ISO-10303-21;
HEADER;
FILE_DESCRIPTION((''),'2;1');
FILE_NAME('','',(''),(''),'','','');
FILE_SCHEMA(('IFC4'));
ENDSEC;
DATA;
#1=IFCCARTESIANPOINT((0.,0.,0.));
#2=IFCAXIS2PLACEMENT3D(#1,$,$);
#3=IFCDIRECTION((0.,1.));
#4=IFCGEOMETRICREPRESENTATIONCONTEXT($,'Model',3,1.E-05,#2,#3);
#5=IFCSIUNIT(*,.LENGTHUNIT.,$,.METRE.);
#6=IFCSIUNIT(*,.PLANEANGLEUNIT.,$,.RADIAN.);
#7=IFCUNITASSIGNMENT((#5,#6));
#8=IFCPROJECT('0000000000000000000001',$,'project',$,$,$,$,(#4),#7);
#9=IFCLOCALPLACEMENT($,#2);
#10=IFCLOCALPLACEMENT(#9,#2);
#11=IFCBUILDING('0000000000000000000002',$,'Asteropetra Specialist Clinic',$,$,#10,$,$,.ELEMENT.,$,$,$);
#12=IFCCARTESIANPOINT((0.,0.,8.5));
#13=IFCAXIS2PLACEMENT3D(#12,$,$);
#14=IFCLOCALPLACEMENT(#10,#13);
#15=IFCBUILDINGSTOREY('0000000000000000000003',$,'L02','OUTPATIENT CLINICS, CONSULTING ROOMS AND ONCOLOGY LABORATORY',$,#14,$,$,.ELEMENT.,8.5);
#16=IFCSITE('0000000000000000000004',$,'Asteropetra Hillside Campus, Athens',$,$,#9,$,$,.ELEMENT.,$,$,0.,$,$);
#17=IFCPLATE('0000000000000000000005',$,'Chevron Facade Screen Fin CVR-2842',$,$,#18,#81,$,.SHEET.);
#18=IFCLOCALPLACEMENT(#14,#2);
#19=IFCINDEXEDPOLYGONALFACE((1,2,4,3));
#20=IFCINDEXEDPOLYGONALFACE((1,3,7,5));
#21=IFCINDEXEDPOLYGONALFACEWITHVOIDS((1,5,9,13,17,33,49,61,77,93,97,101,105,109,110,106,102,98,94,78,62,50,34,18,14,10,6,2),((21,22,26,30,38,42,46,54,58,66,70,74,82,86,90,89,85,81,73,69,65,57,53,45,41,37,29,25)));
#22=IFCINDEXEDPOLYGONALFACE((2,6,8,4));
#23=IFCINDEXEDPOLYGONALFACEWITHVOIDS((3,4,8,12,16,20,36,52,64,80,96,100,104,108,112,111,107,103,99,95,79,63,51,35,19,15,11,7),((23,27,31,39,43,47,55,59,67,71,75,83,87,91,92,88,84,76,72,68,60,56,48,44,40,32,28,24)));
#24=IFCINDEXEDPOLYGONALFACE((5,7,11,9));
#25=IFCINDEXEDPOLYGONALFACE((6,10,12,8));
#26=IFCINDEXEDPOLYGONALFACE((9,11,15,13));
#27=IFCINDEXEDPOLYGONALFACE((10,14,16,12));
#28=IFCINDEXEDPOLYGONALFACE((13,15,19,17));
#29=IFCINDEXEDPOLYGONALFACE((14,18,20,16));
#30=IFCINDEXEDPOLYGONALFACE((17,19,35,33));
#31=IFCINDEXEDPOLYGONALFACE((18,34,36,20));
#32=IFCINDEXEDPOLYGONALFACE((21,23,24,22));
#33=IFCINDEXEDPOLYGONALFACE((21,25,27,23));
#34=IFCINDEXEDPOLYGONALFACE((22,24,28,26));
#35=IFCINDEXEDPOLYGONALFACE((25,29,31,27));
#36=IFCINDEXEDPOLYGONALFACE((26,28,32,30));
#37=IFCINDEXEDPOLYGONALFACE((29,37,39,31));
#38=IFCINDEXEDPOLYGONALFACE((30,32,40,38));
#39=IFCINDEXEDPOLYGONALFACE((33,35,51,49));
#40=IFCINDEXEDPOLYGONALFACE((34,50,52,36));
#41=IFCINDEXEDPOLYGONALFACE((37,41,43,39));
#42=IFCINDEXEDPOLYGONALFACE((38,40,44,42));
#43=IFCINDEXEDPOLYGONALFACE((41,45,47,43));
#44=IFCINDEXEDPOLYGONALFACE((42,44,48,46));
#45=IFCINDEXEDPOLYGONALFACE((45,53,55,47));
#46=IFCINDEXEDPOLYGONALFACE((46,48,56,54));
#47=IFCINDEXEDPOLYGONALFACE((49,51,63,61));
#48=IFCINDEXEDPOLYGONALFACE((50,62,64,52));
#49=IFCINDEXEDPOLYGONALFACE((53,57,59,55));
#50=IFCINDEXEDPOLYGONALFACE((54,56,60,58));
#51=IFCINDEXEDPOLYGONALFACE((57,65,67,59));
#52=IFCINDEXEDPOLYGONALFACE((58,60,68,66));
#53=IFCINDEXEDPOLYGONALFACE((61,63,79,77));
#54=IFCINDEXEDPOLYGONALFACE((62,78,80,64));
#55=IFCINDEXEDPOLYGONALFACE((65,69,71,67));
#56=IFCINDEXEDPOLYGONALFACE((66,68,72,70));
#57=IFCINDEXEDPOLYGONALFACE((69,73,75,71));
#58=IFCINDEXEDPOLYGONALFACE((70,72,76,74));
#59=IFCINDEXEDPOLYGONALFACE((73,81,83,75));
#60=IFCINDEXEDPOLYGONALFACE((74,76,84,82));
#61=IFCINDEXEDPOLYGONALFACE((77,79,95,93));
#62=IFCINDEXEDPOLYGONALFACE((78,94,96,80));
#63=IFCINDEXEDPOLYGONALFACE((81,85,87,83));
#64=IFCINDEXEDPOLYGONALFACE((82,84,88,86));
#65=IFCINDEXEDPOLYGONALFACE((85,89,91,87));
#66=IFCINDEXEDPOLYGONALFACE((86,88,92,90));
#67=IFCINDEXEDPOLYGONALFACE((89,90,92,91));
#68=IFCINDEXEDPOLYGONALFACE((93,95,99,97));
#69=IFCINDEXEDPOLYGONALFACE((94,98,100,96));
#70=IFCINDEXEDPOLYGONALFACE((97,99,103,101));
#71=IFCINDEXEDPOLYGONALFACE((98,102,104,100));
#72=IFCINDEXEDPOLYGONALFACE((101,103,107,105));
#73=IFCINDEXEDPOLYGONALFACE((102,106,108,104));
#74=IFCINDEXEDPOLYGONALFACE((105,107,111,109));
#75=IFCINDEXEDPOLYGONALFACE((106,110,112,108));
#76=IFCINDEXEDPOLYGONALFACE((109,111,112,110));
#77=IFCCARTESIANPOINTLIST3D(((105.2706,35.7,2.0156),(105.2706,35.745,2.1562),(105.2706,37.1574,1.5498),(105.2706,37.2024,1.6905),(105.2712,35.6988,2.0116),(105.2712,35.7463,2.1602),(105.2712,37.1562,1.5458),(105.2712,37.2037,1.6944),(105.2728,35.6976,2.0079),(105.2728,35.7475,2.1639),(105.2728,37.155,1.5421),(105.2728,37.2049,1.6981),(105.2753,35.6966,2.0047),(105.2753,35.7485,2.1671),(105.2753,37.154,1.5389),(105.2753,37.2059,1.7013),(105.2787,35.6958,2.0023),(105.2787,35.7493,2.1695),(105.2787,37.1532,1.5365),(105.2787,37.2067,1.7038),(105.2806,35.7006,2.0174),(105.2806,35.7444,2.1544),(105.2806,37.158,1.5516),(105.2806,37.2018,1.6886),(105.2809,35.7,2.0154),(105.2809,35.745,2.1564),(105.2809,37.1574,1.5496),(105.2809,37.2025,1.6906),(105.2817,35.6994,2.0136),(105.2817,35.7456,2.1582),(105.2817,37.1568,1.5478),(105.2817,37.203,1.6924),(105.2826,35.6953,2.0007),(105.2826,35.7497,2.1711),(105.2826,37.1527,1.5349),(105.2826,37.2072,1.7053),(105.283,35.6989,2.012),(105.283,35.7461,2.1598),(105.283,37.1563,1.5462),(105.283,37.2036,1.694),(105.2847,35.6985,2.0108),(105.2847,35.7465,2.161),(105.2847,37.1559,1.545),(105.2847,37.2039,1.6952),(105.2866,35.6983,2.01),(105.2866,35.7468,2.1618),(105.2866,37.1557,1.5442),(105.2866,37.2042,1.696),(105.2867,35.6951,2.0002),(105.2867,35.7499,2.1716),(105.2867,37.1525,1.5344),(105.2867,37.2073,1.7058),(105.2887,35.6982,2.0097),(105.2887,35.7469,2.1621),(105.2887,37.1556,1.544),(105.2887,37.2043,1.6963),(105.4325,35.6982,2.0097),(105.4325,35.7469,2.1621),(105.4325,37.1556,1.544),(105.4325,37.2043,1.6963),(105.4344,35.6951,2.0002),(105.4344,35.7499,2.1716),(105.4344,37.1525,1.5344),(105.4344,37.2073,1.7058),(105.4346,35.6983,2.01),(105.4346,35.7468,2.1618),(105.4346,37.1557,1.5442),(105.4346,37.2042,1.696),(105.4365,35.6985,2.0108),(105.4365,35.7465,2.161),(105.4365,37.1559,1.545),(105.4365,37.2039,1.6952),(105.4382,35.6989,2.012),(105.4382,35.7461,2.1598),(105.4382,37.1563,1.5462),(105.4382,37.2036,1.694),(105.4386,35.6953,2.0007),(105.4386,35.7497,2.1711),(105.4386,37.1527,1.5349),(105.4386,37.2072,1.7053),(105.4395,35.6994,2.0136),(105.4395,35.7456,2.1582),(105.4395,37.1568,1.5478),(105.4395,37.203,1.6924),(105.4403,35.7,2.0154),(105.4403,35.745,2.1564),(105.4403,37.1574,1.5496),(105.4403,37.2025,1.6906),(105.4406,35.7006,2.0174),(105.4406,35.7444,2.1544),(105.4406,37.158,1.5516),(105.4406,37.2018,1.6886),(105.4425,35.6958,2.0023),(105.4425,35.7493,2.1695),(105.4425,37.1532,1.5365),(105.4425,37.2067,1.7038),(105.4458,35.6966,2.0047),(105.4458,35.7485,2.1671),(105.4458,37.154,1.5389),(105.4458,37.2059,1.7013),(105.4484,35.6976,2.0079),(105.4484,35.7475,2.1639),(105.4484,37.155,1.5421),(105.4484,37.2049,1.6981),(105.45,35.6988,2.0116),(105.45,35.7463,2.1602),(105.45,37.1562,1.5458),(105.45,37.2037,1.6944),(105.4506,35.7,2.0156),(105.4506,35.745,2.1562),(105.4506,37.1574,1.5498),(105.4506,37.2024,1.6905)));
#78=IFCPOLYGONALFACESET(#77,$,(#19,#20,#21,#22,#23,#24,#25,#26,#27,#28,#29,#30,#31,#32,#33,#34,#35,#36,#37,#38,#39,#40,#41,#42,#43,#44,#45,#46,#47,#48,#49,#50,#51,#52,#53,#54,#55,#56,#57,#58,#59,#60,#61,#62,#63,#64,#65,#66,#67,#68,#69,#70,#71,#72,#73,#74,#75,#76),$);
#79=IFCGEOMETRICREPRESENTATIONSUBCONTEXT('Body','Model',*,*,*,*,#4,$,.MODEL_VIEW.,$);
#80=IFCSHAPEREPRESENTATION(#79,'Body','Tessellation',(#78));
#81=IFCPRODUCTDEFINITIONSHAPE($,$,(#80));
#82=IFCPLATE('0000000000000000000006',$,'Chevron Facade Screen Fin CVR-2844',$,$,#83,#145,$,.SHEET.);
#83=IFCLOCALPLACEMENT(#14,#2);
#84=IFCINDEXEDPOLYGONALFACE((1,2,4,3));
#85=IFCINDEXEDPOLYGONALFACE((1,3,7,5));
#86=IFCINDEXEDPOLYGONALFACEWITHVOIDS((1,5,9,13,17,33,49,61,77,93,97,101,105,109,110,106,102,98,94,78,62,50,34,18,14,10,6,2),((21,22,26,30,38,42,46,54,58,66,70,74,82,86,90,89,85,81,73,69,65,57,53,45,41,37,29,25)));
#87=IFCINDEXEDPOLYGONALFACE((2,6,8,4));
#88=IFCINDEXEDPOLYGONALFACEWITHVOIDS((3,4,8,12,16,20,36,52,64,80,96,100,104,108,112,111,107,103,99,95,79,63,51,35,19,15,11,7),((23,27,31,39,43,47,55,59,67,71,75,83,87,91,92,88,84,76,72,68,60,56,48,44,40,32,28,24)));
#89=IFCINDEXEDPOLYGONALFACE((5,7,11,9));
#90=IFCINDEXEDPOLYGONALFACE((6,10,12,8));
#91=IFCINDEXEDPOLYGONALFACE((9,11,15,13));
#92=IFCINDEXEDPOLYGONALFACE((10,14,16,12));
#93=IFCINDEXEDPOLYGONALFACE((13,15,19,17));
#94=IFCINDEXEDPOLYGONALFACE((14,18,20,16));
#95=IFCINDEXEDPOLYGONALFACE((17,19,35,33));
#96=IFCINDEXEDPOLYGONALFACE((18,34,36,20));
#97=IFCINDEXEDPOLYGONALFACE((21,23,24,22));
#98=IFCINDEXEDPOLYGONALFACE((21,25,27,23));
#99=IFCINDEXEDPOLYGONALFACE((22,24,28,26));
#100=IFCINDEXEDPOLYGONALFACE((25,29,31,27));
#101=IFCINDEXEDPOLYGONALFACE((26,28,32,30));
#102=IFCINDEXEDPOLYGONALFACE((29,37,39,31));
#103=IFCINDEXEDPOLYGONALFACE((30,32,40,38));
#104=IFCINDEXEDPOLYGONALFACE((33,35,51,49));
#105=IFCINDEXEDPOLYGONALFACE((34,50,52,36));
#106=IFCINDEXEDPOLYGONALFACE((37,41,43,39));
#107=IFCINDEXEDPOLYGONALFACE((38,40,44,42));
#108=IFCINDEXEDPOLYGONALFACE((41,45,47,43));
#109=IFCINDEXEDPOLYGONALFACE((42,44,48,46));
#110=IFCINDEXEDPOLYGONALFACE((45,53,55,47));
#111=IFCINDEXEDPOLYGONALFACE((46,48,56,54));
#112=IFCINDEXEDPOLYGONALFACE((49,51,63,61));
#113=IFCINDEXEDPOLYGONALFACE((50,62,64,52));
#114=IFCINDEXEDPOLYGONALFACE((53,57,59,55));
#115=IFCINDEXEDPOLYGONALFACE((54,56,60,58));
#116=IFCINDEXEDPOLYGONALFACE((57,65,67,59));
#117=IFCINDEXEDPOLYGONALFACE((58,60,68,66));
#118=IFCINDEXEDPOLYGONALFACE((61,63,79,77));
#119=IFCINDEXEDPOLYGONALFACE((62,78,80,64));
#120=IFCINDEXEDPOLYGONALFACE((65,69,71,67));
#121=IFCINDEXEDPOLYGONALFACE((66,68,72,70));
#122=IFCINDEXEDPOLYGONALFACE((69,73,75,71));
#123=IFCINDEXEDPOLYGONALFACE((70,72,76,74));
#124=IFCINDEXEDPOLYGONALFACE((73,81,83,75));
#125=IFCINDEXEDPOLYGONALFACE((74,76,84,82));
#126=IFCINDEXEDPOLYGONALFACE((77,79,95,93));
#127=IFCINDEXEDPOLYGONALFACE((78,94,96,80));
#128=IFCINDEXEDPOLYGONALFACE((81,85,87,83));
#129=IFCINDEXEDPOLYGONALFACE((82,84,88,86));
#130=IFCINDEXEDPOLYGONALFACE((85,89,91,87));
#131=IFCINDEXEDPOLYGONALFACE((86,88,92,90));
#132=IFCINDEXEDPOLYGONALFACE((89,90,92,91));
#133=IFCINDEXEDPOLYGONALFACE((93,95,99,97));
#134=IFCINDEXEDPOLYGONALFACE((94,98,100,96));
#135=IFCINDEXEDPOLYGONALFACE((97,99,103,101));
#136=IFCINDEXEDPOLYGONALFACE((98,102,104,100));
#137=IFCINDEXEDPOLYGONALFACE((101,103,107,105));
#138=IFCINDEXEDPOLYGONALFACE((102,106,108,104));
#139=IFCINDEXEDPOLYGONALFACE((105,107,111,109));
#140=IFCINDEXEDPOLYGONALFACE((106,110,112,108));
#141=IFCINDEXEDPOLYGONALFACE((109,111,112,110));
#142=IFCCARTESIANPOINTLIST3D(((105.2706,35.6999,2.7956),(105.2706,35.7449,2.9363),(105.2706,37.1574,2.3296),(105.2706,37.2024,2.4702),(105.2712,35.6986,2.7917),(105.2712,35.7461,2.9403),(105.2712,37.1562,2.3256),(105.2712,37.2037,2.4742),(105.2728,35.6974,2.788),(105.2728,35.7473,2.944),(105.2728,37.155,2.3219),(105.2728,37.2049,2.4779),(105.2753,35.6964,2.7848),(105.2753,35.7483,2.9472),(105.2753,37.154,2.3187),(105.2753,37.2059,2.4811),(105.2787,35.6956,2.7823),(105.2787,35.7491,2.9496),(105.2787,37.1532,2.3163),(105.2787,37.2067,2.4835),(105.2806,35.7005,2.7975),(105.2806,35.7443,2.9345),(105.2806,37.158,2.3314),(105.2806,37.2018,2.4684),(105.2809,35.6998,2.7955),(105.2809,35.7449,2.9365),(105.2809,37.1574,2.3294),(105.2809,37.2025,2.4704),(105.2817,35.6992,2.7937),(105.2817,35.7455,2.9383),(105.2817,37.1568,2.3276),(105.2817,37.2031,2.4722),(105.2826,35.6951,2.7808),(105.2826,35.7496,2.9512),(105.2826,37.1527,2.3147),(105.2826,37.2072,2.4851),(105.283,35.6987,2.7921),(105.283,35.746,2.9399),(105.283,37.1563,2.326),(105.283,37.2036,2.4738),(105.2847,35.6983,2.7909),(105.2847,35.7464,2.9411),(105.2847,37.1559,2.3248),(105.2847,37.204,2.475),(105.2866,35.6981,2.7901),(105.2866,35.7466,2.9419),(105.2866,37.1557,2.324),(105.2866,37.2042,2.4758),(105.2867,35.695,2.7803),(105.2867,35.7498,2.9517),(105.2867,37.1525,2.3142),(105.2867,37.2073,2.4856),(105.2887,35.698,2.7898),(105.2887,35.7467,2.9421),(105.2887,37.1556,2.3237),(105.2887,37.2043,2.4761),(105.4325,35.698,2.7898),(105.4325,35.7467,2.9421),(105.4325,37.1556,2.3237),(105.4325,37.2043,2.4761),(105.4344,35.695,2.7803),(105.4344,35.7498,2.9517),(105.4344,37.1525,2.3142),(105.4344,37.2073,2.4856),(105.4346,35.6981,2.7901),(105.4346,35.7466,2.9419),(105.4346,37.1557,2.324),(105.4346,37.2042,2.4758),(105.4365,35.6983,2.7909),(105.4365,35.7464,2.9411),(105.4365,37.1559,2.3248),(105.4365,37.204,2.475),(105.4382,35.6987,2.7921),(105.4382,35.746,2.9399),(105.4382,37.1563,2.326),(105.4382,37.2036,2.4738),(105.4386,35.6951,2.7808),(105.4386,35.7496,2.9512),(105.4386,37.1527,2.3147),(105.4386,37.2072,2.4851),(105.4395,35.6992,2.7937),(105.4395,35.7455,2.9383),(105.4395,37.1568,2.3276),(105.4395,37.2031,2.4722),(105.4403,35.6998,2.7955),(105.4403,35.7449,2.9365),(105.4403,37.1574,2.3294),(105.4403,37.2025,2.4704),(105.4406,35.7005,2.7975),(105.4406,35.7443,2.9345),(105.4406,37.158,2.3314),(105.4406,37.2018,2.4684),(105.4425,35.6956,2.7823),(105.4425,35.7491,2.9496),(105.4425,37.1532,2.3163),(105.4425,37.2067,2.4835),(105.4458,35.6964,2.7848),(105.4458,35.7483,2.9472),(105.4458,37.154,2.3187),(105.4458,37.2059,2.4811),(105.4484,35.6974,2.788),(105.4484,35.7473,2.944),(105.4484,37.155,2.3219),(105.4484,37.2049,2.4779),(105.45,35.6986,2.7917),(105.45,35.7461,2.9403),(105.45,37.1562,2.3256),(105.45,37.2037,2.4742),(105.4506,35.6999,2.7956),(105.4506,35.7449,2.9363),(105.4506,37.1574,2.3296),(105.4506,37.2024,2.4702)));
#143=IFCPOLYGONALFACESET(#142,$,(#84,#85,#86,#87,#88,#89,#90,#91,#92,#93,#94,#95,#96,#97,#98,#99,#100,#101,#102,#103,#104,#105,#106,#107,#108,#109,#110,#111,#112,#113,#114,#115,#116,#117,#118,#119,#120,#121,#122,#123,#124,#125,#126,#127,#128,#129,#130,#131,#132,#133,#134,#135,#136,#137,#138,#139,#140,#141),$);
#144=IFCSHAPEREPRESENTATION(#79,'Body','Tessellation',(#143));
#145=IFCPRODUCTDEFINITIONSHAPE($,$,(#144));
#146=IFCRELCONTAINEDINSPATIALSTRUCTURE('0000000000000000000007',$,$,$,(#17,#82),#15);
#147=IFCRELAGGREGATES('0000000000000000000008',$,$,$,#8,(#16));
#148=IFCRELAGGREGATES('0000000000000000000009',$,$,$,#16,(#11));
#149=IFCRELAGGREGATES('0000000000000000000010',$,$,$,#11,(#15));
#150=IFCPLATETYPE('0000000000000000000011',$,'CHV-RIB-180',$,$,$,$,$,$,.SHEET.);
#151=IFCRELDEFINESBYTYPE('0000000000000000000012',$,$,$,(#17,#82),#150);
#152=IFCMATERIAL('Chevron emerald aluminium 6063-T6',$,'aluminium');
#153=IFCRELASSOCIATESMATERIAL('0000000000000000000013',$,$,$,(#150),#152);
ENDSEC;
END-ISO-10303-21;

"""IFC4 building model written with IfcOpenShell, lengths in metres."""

from ifc_helpers import new_model, si_unit, direction, frame, origin, origin_2d, place, context, subcontext, project, spatial, hollow_rectangle, extrude, material, material_profile, profile_set, type_object, element, save


model = new_model("IFC4")

# Units and contexts
model_context = context("Model", 3, precision=1e-05, world=origin(), true_north=direction((0.0, 1.0)))
body_context = subcontext(model_context, "Body", "Model", "MODEL_VIEW")
ifc_project = project(units=[si_unit("LENGTHUNIT", "METRE"), si_unit("PLANEANGLEUNIT", "RADIAN")], contexts=[model_context])

# Site, building, storey
site_placement = place(None, origin())
site = spatial("IfcSite", under=ifc_project, at=site_placement, Name="Asteropetra Hillside Campus, Athens", CompositionType="ELEMENT", RefElevation=0.0)
building_placement = place(site_placement, origin())
building = spatial("IfcBuilding", under=site, at=building_placement, Name="Asteropetra Specialist Clinic", CompositionType="ELEMENT")
storey_placement = place(building_placement, frame((0.0, 0.0, 8.5)))
storey = spatial("IfcBuildingStorey", under=building, at=storey_placement, Name="L02", Description="OUTPATIENT CLINICS, CONSULTING ROOMS AND ONCOLOGY LABORATORY", CompositionType="ELEMENT", Elevation=8.5)

# Plates
ifc_material_1 = material(Name="Chevron emerald aluminium 6063-T6", Category="aluminium")
ifc_material_profile = material_profile(ifc_material_1, hollow_rectangle(XDim=0.1799, YDim=0.1799, WallThickness=0.01, InnerFilletRadius=0.0081, OuterFilletRadius=0.0161, at=origin_2d()), Name="SHS 180x180x10.0")
ifc_profile_set = profile_set([ifc_material_profile], Name="Chevron emerald aluminium 6063-T6")
plate_type_1 = type_object("IfcPlateType", Name="CHV-RIB-180", PredefinedType="SHEET", material=ifc_profile_set)
plate_1_placement = place(storey_placement, frame((105.3606, 37.1799, 1.6201), z_axis=(0.0, -0.952535, 0.304428), x_axis=(1.0, 0.0, 0.0)))
element("IfcPlate", 1, at=plate_1_placement, inside=storey, type_object=plate_type_1, Name="Chevron Facade Screen Fin CVR-2842", PredefinedType="SHEET", context=body_context, shape_type="SweptSolid", body=[
    extrude(hollow_rectangle(XDim=0.1799, YDim=0.1799, WallThickness=0.01, InnerFilletRadius=0.0081, OuterFilletRadius=0.0161, at=origin_2d()), origin(), (0.0, 0.0, 1.0), 1.53),
])
plate_2_placement = place(storey_placement, frame((105.3606, 37.1799, 2.3999), z_axis=(0.0, -0.952489, 0.304573), x_axis=(1.0, 0.0, 0.0)))
element("IfcPlate", 2, at=plate_2_placement, inside=storey, type_object=plate_type_1, Name="Chevron Facade Screen Fin CVR-2844", PredefinedType="SHEET", context=body_context, shape_type="SweptSolid", body=[
    extrude(hollow_rectangle(XDim=0.1799, YDim=0.1799, WallThickness=0.01, InnerFilletRadius=0.0081, OuterFilletRadius=0.0161, at=origin_2d()), origin(), (0.0, 0.0, 1.0), 1.5303),
])

save(model, "model.ifc")
